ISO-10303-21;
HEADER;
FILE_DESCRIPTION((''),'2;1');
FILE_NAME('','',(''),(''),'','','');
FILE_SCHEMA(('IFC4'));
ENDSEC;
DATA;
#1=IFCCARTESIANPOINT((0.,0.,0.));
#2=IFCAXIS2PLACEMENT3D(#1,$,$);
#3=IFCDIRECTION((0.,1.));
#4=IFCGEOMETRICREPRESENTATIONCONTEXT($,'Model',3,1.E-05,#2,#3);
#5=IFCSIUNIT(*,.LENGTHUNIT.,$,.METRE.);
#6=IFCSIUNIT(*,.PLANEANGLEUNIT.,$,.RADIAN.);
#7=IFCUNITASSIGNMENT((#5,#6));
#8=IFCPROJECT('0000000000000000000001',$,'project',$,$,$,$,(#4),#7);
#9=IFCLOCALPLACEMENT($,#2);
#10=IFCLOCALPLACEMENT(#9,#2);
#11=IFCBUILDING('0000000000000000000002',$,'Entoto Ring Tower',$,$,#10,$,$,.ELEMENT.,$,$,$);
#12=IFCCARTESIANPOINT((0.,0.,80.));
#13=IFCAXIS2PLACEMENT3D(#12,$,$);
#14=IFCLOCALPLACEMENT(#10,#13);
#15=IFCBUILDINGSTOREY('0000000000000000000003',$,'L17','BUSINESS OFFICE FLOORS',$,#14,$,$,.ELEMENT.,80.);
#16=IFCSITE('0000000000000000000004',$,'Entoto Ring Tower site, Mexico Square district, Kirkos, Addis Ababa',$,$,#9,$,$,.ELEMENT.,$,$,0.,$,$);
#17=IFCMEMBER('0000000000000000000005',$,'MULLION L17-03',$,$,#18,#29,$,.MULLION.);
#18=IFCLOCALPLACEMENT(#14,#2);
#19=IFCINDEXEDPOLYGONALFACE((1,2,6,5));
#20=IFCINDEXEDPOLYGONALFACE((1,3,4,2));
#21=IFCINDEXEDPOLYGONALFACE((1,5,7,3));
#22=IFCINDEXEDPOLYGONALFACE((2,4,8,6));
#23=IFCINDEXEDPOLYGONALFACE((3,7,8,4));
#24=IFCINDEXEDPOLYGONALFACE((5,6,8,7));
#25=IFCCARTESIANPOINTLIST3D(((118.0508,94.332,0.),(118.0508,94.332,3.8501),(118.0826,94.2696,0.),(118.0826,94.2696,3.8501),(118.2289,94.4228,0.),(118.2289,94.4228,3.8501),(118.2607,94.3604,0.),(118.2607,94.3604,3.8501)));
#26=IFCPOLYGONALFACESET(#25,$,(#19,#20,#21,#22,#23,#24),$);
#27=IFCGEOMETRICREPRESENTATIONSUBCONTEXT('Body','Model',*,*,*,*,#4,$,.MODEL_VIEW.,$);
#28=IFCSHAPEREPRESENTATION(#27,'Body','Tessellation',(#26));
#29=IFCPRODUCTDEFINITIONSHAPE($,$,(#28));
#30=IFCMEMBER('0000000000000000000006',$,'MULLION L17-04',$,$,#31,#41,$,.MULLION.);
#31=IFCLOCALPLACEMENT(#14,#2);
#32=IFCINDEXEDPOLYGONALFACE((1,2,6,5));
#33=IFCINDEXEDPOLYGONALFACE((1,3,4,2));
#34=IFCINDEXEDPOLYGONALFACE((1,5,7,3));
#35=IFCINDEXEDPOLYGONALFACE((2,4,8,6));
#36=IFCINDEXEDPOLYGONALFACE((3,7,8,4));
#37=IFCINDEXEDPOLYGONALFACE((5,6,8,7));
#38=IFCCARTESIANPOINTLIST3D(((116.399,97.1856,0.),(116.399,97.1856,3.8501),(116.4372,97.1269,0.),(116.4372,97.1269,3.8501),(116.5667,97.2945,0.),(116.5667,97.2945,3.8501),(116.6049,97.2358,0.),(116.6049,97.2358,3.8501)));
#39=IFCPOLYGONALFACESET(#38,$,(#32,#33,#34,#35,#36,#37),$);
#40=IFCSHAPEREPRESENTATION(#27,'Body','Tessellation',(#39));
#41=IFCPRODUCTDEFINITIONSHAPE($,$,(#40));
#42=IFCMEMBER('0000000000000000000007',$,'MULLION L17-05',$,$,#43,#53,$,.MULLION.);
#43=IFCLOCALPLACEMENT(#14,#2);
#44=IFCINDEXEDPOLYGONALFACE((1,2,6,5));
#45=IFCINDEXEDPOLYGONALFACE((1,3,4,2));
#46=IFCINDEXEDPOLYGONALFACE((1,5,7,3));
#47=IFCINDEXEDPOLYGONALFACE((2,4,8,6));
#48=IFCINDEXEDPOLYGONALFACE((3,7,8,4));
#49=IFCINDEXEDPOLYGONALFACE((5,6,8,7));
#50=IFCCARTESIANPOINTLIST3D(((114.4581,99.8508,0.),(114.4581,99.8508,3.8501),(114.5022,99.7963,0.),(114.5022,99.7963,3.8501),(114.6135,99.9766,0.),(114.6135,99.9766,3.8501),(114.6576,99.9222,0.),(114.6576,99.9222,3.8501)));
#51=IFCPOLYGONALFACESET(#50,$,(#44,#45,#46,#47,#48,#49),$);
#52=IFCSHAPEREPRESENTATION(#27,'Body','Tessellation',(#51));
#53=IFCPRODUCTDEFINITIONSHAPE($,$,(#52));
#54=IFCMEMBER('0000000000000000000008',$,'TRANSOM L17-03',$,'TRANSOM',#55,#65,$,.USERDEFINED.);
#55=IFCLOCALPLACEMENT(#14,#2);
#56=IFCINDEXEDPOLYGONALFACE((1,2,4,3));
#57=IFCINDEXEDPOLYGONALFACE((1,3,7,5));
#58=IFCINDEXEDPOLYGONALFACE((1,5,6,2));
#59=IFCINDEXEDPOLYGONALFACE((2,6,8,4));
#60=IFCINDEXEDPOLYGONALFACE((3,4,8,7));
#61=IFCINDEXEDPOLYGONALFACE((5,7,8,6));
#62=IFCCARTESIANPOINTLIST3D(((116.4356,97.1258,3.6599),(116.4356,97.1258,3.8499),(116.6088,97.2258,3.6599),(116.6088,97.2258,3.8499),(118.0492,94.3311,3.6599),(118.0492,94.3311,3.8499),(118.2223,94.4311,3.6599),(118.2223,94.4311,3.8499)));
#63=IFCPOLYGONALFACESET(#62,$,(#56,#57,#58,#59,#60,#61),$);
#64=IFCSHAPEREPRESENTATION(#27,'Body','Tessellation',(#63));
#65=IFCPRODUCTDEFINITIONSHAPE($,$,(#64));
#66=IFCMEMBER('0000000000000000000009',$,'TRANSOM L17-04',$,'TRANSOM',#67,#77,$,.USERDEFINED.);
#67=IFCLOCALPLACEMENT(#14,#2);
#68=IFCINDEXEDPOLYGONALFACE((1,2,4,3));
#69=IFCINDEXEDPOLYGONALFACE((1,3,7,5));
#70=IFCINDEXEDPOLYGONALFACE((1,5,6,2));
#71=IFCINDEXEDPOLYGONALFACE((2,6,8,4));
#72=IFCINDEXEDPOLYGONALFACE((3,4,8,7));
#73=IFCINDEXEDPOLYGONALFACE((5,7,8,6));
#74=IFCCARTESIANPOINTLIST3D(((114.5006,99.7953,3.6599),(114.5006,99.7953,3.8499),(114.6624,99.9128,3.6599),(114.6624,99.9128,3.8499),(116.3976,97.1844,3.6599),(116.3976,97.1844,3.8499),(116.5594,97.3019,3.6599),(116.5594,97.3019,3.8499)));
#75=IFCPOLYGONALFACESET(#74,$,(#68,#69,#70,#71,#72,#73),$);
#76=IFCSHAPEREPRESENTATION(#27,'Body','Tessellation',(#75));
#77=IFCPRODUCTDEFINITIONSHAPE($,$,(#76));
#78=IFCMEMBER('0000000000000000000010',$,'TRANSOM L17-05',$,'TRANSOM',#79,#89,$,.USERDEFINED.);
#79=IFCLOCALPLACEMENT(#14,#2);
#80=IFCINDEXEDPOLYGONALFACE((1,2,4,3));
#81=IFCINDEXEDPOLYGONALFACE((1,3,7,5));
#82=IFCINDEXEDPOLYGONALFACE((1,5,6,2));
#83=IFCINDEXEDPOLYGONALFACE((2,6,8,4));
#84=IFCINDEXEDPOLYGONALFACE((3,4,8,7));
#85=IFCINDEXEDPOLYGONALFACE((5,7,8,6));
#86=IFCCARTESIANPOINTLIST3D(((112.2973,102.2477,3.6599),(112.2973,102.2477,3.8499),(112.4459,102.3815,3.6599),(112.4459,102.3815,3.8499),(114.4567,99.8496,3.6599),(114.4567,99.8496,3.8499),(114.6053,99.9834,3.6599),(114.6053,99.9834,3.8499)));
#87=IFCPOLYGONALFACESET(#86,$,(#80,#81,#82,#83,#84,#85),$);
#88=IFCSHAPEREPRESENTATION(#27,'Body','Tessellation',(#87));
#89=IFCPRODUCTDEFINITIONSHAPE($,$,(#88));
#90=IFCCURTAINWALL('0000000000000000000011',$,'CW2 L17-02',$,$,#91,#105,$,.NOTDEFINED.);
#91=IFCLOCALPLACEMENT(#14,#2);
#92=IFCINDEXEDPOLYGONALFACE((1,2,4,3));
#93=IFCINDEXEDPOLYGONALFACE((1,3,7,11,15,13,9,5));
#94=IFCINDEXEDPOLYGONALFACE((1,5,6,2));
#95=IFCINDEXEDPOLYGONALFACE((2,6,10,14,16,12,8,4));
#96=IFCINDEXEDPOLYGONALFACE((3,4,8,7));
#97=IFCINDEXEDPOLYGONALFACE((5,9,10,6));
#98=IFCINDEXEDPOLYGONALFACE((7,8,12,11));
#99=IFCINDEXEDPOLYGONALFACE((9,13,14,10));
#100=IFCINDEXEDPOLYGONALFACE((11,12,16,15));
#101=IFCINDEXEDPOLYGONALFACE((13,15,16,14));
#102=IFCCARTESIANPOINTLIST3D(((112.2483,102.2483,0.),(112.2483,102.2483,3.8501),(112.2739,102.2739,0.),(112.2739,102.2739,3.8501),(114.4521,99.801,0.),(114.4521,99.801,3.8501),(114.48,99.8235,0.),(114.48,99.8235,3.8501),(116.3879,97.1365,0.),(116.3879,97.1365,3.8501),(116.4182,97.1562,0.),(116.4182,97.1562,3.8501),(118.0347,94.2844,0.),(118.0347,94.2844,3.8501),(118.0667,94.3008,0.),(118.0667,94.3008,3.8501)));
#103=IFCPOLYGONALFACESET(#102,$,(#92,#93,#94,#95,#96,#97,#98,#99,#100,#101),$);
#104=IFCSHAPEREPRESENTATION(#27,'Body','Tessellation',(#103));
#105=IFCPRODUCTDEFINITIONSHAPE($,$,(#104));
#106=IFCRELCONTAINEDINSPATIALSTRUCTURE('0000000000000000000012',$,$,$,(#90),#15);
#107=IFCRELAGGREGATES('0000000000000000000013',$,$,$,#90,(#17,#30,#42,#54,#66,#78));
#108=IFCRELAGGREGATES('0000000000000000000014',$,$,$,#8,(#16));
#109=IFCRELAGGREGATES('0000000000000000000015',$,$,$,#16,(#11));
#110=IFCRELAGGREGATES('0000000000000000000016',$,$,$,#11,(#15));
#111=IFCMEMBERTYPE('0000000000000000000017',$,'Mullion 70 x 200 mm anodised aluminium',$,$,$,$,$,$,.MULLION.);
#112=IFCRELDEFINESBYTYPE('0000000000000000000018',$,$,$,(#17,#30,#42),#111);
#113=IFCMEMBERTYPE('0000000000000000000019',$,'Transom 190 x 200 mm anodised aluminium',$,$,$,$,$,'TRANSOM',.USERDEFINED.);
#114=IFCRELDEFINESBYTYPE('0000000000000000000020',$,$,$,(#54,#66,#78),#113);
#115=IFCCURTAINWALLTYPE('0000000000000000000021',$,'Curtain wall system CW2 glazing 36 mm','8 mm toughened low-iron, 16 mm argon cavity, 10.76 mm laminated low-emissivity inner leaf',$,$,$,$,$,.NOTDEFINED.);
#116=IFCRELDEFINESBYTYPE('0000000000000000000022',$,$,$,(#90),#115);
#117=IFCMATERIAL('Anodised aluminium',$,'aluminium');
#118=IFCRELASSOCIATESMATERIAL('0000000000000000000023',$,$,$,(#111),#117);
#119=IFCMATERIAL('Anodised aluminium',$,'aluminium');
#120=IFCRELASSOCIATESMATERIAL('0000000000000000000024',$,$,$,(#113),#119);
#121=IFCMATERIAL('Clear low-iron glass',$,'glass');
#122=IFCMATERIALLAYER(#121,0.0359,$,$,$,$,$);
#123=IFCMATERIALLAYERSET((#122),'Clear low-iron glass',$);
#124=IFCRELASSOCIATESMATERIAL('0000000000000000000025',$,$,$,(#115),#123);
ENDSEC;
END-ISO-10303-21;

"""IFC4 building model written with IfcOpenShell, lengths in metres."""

from ifc_helpers import new_model, si_unit, direction, frame, origin, origin_2d, place, context, subcontext, project, spatial, polyline, rectangle, outline, extrude, material, layer, layer_set, material_profile, profile_set, type_object, element, aggregate, save


model = new_model("IFC4")

# Units and contexts
model_context = context("Model", 3, precision=1e-05, world=origin(), true_north=direction((0.0, 1.0)))
body_context = subcontext(model_context, "Body", "Model", "MODEL_VIEW")
ifc_project = project(units=[si_unit("LENGTHUNIT", "METRE"), si_unit("PLANEANGLEUNIT", "RADIAN")], contexts=[model_context])

# Members
ifc_material_1 = material(Name="Anodised aluminium", Category="aluminium")
ifc_material_profile_1 = material_profile(ifc_material_1, rectangle(XDim=0.0701, YDim=0.2, at=origin_2d()), Name="Mullion 70 x 200 mm anodised aluminium")
ifc_profile_set_1 = profile_set([ifc_material_profile_1], Name="Anodised aluminium")
member_type_1 = type_object("IfcMemberType", Name="Mullion 70 x 200 mm anodised aluminium", PredefinedType="MULLION", material=ifc_profile_set_1)
site_placement = place(None, origin())
building_placement = place(site_placement, origin())
storey_placement = place(building_placement, frame((0.0, 0.0, 80.0)))
member_1_placement = place(storey_placement, frame((118.1558, 94.3462, 0.0), z_axis=(0.0, 0.0, 1.0), x_axis=(-0.45399, 0.891007, 0.0)))
member_1 = element("IfcMember", 1, at=member_1_placement, type_object=member_type_1, Name="MULLION L17-03", PredefinedType="MULLION", context=body_context, shape_type="SweptSolid", body=[
    extrude(rectangle(XDim=0.0701, YDim=0.2, at=origin_2d()), origin(), (0.0, 0.0, 1.0), 3.8501),
])
member_2_placement = place(storey_placement, frame((116.502, 97.2107, 0.0), z_axis=(0.0, 0.0, 1.0), x_axis=(-0.544639, 0.838671, 0.0)))
member_2 = element("IfcMember", 2, at=member_2_placement, type_object=member_type_1, Name="MULLION L17-04", PredefinedType="MULLION", context=body_context, shape_type="SweptSolid", body=[
    extrude(rectangle(XDim=0.0701, YDim=0.2, at=origin_2d()), origin(), (0.0, 0.0, 1.0), 3.8501),
])
member_3_placement = place(storey_placement, frame((114.5579, 99.8865, 0.0), z_axis=(0.0, 0.0, 1.0), x_axis=(-0.62932, 0.777146, 0.0)))
member_3 = element("IfcMember", 3, at=member_3_placement, type_object=member_type_1, Name="MULLION L17-05", PredefinedType="MULLION", context=body_context, shape_type="SweptSolid", body=[
    extrude(rectangle(XDim=0.0701, YDim=0.2, at=origin_2d()), origin(), (0.0, 0.0, 1.0), 3.8501),
])
ifc_material_2 = material(Name="Anodised aluminium", Category="aluminium")
ifc_material_profile_2 = material_profile(ifc_material_2, rectangle(XDim=0.2, YDim=0.1899, at=origin_2d()), Name="Transom 190 x 200 mm anodised aluminium")
ifc_profile_set_2 = profile_set([ifc_material_profile_2], Name="Anodised aluminium")
member_type_2 = type_object("IfcMemberType", Name="Transom 190 x 200 mm anodised aluminium", ElementType="TRANSOM", PredefinedType="USERDEFINED", material=ifc_profile_set_2)
member_4_placement = place(storey_placement, frame((118.1357, 94.3811, 3.7549), z_axis=(-0.500004, 0.866023, 0.0), x_axis=(-0.866023, -0.500004, 0.0)))
member_4 = element("IfcMember", 4, at=member_4_placement, type_object=member_type_2, Name="TRANSOM L17-03", ObjectType="TRANSOM", PredefinedType="USERDEFINED", context=body_context, shape_type="SweptSolid", body=[
    extrude(rectangle(XDim=0.2, YDim=0.1899, at=origin_2d()), origin(), (0.0, 0.0, 1.0), 3.2271),
])
member_5_placement = place(storey_placement, frame((116.4785, 97.2432, 3.7549), z_axis=(-0.587803, 0.809004, 0.0), x_axis=(-0.809004, -0.587803, 0.0)))
member_5 = element("IfcMember", 5, at=member_5_placement, type_object=member_type_2, Name="TRANSOM L17-04", ObjectType="TRANSOM", PredefinedType="USERDEFINED", context=body_context, shape_type="SweptSolid", body=[
    extrude(rectangle(XDim=0.2, YDim=0.1899, at=origin_2d()), origin(), (0.0, 0.0, 1.0), 3.2273),
])
member_6_placement = place(storey_placement, frame((114.531, 99.9165, 3.7549), z_axis=(-0.669144, 0.743132, 0.0), x_axis=(-0.743132, -0.669144, 0.0)))
member_6 = element("IfcMember", 6, at=member_6_placement, type_object=member_type_2, Name="TRANSOM L17-05", ObjectType="TRANSOM", PredefinedType="USERDEFINED", context=body_context, shape_type="SweptSolid", body=[
    extrude(rectangle(XDim=0.2, YDim=0.1899, at=origin_2d()), origin(), (0.0, 0.0, 1.0), 3.2271),
])

# Site, building, storey
site = spatial("IfcSite", under=ifc_project, at=site_placement, Name="Entoto Ring Tower site, Mexico Square district, Kirkos, Addis Ababa", CompositionType="ELEMENT", RefElevation=0.0)
building = spatial("IfcBuilding", under=site, at=building_placement, Name="Entoto Ring Tower", CompositionType="ELEMENT")
storey = spatial("IfcBuildingStorey", under=building, at=storey_placement, Name="L17", Description="BUSINESS OFFICE FLOORS", CompositionType="ELEMENT", Elevation=80.0)

# Curtain wall
ifc_material_3 = material(Name="Clear low-iron glass", Category="glass")
ifc_layer_1 = layer(ifc_material_3, 0.0359)
ifc_layer_set_1 = layer_set([ifc_layer_1], Name="Clear low-iron glass")
curtain_wall_type = type_object("IfcCurtainWallType", Name="Curtain wall system CW2 glazing 36 mm", Description="8 mm toughened low-iron, 16 mm argon cavity, 10.76 mm laminated low-emissivity inner leaf", PredefinedType="NOTDEFINED", material=ifc_layer_set_1)
curtain_wall_1_placement = place(storey_placement, origin())
curtain_wall_1 = element("IfcCurtainWall", 7, at=curtain_wall_1_placement, inside=storey, type_object=curtain_wall_type, Name="CW2 L17-02", PredefinedType="NOTDEFINED", context=body_context, shape_type="SweptSolid", body=[
    extrude(outline(polyline([(118.0667, 94.3008), (116.4182, 97.1562), (114.48, 99.8235), (112.2739, 102.2739), (112.2483, 102.2483), (114.4521, 99.801), (116.3879, 97.1365), (118.0347, 94.2844), (118.0667, 94.3008)])), origin(), (0.0, 0.0, 1.0), 3.8501),
])
aggregate(curtain_wall_1, [member_1, member_2, member_3, member_4, member_5, member_6])

save(model, "model.ifc")
